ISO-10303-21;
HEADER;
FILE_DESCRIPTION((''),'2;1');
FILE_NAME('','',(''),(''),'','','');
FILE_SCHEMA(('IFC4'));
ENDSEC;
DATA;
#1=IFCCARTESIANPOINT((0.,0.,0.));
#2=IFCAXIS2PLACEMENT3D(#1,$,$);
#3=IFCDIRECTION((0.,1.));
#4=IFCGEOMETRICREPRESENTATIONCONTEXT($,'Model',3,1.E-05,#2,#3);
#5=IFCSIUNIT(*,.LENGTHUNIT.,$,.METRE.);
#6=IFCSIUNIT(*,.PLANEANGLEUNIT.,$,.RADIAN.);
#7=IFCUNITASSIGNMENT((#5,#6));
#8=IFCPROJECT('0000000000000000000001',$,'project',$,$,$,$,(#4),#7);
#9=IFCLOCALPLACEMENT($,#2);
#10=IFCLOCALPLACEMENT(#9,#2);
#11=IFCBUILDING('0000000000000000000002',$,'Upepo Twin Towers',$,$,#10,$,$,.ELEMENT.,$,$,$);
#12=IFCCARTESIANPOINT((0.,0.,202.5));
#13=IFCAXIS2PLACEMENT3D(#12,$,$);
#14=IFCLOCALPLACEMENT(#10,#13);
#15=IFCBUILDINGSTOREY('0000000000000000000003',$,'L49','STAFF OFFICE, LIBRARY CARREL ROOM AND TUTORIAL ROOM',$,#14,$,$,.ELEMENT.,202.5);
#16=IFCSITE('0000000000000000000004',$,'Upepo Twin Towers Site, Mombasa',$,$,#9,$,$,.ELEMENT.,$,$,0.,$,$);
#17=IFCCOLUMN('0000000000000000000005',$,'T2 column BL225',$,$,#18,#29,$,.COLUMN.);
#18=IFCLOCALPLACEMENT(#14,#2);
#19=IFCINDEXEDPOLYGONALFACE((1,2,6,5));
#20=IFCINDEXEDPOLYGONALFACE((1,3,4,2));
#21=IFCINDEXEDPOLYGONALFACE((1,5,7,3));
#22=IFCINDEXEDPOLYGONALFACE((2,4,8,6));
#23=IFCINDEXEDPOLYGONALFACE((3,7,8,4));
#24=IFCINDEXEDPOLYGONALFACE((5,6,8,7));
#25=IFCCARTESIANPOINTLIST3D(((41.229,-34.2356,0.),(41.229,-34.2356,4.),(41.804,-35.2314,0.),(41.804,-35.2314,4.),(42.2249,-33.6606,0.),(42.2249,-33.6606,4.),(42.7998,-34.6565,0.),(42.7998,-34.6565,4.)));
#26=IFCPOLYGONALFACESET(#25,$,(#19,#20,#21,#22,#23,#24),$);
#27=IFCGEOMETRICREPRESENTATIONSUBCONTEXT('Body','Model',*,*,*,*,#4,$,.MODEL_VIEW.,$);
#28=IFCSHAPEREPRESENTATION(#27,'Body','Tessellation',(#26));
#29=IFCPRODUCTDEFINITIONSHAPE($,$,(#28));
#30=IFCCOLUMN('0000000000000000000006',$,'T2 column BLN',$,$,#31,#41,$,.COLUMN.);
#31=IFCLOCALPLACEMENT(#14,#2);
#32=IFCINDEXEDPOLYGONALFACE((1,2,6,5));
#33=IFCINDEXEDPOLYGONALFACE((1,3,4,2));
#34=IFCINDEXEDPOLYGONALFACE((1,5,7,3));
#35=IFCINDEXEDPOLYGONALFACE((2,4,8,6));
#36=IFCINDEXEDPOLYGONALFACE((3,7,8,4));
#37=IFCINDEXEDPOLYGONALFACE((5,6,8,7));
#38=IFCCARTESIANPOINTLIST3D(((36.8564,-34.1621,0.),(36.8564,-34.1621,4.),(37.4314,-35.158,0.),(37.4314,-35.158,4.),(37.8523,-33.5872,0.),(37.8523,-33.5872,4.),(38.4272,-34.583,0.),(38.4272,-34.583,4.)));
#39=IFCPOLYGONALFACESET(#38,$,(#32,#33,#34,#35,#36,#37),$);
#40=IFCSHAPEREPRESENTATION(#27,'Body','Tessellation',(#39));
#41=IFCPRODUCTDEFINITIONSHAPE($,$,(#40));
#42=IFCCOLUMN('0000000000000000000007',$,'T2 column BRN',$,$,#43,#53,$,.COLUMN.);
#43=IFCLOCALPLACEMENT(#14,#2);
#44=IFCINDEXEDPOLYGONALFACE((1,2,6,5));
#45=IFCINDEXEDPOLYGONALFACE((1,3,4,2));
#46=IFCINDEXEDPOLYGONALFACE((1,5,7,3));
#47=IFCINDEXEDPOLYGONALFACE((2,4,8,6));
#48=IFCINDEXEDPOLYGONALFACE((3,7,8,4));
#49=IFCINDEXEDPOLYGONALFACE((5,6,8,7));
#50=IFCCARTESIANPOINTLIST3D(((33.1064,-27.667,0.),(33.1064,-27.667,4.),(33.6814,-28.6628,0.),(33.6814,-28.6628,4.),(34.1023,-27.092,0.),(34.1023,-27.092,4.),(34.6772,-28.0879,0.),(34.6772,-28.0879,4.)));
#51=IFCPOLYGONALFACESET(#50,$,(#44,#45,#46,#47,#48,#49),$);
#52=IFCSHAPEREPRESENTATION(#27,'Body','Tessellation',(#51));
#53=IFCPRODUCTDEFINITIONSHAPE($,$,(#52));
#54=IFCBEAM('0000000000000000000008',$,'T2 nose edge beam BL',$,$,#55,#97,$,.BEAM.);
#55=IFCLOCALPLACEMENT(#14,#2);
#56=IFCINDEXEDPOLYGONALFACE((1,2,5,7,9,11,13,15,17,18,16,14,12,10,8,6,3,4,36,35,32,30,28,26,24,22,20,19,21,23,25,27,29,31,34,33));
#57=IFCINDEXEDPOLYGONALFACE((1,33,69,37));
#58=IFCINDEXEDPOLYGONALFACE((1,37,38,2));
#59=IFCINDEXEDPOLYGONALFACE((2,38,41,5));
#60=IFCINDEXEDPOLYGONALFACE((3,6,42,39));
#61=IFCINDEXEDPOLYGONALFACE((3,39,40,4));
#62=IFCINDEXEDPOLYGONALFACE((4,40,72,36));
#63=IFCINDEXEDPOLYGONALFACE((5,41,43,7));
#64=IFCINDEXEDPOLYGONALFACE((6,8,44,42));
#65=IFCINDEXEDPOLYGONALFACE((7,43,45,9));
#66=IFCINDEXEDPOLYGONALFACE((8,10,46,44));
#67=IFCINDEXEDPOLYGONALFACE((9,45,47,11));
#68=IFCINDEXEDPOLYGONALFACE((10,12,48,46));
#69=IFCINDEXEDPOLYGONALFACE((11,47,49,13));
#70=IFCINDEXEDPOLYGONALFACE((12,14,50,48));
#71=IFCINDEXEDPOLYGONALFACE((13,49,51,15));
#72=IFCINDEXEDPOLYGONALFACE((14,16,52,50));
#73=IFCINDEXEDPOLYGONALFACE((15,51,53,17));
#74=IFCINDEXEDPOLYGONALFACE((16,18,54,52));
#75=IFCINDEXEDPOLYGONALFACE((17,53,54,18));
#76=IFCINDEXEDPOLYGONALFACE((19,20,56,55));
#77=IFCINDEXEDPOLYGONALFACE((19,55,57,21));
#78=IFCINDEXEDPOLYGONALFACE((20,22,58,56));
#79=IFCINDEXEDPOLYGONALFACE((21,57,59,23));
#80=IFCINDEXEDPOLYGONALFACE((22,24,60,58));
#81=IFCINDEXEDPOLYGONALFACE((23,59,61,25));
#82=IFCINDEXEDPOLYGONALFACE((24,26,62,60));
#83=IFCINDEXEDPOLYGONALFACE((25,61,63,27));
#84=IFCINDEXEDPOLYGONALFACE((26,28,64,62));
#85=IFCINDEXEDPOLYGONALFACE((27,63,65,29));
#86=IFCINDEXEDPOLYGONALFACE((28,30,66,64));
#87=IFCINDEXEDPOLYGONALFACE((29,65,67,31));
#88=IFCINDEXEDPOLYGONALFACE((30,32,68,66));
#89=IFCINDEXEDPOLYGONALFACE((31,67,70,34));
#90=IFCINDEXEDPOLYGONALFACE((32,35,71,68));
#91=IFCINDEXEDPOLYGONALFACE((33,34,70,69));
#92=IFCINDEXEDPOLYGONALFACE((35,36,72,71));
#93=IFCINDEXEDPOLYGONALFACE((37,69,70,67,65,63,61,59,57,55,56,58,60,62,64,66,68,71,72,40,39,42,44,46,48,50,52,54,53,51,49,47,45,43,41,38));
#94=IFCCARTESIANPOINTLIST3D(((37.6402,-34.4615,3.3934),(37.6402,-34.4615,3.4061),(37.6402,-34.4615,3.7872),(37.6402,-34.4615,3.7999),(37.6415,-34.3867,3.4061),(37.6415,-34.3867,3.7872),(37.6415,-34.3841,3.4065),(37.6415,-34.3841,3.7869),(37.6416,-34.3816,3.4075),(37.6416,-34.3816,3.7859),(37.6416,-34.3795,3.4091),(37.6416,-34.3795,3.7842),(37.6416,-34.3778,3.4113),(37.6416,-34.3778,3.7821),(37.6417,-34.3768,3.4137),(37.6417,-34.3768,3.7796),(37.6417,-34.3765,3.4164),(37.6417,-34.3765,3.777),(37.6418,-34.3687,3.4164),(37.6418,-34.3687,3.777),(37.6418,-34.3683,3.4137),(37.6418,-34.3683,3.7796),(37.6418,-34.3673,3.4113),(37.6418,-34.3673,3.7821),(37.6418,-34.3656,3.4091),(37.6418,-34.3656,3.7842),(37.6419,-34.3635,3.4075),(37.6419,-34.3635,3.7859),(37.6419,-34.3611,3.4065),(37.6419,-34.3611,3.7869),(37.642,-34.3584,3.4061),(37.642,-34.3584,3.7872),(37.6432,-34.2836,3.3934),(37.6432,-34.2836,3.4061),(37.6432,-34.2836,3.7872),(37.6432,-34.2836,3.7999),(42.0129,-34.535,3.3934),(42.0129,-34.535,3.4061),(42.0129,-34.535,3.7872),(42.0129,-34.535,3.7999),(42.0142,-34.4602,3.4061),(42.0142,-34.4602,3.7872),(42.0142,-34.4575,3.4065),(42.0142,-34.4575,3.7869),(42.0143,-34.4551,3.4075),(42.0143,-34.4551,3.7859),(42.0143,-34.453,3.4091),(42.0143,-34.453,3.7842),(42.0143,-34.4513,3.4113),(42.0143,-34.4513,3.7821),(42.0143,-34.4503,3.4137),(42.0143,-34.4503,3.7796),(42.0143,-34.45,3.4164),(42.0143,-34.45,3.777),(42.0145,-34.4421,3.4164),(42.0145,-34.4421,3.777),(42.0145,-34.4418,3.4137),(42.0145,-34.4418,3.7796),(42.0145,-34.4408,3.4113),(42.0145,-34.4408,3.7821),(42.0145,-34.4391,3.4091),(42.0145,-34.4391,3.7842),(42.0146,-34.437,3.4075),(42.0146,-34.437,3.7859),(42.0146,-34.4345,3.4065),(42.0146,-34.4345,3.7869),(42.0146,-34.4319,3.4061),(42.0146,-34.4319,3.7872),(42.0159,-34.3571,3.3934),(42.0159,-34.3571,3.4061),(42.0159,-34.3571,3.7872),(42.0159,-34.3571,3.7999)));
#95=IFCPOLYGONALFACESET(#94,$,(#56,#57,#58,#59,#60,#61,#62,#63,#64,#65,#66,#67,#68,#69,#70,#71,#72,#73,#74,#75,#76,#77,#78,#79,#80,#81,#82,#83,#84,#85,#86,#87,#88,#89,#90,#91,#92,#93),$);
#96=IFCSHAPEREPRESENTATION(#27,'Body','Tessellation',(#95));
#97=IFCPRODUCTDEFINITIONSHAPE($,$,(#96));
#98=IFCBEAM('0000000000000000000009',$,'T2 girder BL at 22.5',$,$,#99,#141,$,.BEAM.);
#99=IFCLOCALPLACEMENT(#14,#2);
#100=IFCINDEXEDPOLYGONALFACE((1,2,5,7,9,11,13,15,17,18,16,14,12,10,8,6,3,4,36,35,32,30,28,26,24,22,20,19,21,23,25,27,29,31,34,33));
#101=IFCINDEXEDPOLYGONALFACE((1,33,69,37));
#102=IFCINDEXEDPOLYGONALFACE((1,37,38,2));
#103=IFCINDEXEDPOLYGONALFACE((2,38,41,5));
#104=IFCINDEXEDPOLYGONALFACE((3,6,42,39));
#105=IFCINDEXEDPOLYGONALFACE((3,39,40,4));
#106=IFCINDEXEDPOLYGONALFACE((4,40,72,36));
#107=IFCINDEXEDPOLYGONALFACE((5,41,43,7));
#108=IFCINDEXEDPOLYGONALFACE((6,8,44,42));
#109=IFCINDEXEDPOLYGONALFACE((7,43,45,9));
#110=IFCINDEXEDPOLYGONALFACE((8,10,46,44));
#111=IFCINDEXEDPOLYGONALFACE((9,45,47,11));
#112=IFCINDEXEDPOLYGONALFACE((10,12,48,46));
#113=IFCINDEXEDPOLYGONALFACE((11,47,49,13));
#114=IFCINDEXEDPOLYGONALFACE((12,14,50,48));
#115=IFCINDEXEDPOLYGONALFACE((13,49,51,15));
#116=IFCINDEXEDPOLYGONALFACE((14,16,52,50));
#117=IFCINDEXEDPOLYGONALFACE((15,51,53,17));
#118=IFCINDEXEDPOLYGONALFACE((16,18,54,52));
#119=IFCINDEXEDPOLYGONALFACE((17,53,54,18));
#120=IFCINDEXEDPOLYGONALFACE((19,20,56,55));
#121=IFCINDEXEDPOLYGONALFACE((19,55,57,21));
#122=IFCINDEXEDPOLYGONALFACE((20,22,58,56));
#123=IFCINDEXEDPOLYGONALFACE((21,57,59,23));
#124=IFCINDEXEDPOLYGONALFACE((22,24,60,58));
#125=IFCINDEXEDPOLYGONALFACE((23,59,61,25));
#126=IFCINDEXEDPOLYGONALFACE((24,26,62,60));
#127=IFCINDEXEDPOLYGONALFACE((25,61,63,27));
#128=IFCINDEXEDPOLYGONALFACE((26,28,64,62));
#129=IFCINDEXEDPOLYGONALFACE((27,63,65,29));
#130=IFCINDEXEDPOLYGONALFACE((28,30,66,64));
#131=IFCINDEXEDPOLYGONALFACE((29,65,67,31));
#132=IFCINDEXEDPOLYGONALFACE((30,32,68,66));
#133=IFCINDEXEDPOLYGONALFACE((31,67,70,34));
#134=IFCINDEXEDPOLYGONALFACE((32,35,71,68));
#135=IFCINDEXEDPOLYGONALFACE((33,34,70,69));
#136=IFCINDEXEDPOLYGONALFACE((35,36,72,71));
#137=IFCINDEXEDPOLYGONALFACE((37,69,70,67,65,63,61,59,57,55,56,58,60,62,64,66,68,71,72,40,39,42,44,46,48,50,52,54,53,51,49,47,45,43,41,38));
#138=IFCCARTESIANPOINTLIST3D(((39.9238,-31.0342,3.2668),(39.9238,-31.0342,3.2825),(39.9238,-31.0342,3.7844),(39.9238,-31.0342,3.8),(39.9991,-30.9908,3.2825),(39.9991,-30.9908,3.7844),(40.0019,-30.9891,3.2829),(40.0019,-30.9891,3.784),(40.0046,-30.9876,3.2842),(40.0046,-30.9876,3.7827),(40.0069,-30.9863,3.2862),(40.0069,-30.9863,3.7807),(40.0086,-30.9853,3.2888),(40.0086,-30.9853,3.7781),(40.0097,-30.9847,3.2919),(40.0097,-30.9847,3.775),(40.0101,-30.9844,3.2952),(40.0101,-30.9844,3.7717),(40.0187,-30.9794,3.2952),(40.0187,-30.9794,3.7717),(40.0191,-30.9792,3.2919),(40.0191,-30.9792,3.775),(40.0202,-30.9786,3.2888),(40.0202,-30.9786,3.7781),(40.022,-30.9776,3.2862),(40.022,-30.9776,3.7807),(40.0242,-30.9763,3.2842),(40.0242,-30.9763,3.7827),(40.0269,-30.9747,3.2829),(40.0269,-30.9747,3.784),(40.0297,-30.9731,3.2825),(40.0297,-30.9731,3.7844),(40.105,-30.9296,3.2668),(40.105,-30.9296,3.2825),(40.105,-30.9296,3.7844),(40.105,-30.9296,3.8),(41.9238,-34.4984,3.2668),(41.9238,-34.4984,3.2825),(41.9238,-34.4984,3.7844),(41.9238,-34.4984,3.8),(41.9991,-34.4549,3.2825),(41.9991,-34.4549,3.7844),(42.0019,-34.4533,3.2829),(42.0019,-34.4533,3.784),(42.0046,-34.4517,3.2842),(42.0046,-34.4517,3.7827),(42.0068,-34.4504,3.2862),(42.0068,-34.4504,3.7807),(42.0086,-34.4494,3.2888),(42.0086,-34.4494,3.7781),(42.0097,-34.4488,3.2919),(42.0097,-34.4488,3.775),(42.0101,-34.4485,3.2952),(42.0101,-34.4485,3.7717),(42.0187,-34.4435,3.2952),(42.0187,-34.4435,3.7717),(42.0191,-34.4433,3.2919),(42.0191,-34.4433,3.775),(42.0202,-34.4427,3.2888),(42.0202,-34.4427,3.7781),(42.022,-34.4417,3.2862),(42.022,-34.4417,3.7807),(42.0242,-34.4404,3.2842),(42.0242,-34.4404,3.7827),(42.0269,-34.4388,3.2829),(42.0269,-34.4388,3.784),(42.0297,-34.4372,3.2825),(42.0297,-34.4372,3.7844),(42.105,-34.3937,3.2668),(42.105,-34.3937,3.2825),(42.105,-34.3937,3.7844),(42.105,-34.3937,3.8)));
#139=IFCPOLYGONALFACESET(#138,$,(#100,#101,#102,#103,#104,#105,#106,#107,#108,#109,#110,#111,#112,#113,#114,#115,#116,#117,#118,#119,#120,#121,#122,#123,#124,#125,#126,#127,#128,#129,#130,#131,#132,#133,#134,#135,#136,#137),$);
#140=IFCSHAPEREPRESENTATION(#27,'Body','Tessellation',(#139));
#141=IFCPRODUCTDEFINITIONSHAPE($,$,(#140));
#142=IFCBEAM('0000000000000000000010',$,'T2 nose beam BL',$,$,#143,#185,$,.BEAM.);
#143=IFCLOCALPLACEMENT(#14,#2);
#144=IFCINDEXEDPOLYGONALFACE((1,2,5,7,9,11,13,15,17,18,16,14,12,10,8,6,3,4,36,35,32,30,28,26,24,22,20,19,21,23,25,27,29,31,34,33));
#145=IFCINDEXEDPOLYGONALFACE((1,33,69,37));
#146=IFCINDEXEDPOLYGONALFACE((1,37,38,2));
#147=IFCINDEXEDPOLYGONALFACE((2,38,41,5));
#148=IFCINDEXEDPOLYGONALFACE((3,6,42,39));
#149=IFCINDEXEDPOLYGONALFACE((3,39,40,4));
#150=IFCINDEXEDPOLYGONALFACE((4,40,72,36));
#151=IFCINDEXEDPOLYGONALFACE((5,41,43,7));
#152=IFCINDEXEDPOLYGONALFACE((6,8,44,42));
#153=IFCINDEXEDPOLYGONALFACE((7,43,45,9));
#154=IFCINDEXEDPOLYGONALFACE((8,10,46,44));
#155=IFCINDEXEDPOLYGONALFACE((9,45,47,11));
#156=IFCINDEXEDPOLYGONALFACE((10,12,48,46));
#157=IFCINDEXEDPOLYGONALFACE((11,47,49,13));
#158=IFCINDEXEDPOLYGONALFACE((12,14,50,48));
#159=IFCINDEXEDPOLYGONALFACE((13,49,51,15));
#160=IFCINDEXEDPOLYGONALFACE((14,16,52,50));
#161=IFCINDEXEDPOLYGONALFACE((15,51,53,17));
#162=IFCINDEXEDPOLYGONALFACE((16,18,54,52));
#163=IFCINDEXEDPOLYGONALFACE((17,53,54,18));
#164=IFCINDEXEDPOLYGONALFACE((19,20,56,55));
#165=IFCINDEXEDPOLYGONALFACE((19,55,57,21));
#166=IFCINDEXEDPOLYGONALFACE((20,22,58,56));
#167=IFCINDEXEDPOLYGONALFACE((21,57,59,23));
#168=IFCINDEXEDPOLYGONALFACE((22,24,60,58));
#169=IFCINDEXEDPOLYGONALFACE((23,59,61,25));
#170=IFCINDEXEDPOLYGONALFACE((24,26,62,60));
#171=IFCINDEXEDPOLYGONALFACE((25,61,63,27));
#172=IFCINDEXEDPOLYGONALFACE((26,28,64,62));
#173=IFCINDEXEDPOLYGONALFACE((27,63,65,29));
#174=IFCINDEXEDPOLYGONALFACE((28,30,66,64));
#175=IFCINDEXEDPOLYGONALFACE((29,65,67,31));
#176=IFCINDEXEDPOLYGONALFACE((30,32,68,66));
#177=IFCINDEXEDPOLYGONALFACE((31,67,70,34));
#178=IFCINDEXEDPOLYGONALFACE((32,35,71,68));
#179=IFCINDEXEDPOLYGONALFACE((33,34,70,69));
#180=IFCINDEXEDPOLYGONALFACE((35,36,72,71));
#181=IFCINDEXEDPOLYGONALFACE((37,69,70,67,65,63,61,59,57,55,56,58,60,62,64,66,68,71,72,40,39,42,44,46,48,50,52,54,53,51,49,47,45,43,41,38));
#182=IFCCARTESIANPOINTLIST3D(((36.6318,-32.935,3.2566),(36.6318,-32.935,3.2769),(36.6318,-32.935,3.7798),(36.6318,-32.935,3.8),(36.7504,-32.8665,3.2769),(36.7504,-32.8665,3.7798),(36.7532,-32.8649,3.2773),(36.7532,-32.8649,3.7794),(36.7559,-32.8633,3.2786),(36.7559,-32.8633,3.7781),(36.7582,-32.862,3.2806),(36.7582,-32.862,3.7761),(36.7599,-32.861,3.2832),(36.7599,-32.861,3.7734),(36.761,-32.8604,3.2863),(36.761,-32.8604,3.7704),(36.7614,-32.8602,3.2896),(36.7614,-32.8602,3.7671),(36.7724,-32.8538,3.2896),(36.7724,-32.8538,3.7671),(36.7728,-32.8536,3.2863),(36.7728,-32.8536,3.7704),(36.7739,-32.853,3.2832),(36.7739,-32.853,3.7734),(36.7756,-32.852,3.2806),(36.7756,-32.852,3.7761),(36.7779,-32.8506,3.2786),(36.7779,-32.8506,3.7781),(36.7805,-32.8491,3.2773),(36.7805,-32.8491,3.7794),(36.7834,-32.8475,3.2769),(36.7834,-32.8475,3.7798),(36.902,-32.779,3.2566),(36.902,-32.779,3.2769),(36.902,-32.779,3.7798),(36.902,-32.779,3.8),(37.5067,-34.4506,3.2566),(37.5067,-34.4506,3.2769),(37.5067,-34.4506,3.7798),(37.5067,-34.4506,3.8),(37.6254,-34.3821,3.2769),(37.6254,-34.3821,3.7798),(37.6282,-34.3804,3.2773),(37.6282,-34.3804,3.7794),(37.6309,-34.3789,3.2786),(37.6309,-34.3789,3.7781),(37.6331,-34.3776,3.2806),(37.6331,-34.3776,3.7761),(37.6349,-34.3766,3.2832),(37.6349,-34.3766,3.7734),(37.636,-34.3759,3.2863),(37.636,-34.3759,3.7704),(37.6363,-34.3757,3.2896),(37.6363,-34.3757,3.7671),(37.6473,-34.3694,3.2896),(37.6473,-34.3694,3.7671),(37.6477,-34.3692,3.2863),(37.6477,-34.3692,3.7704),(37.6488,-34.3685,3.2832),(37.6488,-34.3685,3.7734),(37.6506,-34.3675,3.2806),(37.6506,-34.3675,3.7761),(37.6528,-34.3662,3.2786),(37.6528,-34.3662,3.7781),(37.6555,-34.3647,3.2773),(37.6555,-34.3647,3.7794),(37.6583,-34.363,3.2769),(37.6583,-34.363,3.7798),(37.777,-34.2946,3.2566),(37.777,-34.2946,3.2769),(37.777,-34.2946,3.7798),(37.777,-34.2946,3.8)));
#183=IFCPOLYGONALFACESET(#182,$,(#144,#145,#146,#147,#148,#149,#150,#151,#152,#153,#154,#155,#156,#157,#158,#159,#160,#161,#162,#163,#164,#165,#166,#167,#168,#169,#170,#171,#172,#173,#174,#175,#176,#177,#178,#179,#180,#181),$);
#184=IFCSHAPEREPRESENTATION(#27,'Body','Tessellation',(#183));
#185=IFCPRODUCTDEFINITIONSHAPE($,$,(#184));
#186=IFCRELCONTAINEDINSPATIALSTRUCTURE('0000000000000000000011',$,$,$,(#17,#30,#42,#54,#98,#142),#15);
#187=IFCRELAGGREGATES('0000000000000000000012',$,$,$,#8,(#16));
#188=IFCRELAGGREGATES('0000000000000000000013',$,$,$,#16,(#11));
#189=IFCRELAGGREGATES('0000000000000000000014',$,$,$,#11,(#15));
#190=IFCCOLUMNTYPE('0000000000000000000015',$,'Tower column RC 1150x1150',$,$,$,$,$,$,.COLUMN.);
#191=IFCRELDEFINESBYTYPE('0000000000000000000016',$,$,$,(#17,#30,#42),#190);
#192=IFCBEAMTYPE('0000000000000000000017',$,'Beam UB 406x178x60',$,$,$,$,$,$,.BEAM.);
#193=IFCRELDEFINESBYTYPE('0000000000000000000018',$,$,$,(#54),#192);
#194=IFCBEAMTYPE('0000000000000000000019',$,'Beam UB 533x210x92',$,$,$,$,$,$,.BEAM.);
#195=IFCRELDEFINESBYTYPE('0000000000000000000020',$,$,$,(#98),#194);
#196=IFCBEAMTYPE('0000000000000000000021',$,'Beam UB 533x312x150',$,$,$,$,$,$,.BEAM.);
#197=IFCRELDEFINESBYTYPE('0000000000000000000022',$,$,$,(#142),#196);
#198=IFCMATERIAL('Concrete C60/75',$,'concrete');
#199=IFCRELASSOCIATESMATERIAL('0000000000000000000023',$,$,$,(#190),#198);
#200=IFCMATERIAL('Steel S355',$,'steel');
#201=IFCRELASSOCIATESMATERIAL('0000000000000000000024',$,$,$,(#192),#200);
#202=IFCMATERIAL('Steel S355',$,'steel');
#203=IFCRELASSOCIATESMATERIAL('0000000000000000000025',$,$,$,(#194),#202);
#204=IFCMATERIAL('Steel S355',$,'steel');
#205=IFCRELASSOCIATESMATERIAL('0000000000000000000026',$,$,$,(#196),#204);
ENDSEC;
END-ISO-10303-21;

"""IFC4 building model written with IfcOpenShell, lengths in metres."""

from ifc_helpers import new_model, si_unit, direction, frame, origin, origin_2d, place, context, subcontext, project, spatial, rectangle, i_section, extrude, material, material_profile, profile_set, type_object, element, save


model = new_model("IFC4")

# Units and contexts
model_context = context("Model", 3, precision=1e-05, world=origin(), true_north=direction((0.0, 1.0)))
body_context = subcontext(model_context, "Body", "Model", "MODEL_VIEW")
ifc_project = project(units=[si_unit("LENGTHUNIT", "METRE"), si_unit("PLANEANGLEUNIT", "RADIAN")], contexts=[model_context])

# Site, building, storey
site_placement = place(None, origin())
site = spatial("IfcSite", under=ifc_project, at=site_placement, Name="Upepo Twin Towers Site, Mombasa", CompositionType="ELEMENT", RefElevation=0.0)
building_placement = place(site_placement, origin())
building = spatial("IfcBuilding", under=site, at=building_placement, Name="Upepo Twin Towers", CompositionType="ELEMENT")
storey_placement = place(building_placement, frame((0.0, 0.0, 202.5)))
storey = spatial("IfcBuildingStorey", under=building, at=storey_placement, Name="L49", Description="STAFF OFFICE, LIBRARY CARREL ROOM AND TUTORIAL ROOM", CompositionType="ELEMENT", Elevation=202.5)

# Columns
ifc_material_1 = material(Name="Concrete C60/75", Category="concrete")
ifc_material_profile_1 = material_profile(ifc_material_1, rectangle(XDim=1.1499, YDim=1.1499, at=origin_2d()), Name="RC 1150x1150")
ifc_profile_set_1 = profile_set([ifc_material_profile_1], Name="Concrete C60/75")
column_type = type_object("IfcColumnType", Name="Tower column RC 1150x1150", PredefinedType="COLUMN", material=ifc_profile_set_1)
for number, where, z_axis, x_axis, name in (
    (1, (42.0144, -34.446, 0.0), (0.0, 0.0, 1.0), (0.866025, 0.5, 0.0), "T2 column BL225"),
    (2, (37.6418, -34.3726, 0.0), (0.0, 0.0, 1.0), (0.866025, 0.5, 0.0), "T2 column BLN"),
    (3, (33.8918, -27.8774, 0.0), (0.0, 0.0, 1.0), (0.866025, 0.5, 0.0), "T2 column BRN"),
):
    element("IfcColumn", number, at=place(storey_placement, frame(where, z_axis=z_axis, x_axis=x_axis)), inside=storey, type_object=column_type, Name=name, PredefinedType="COLUMN", context=body_context, shape_type="SweptSolid", body=[
        extrude(rectangle(XDim=1.1499, YDim=1.1499, at=origin_2d()), origin(), (0.0, 0.0, 1.0), 4.0),
    ])

# Beams
ifc_material_2 = material(Name="Steel S355", Category="steel")
ifc_material_profile_2 = material_profile(ifc_material_2, i_section(OverallWidth=0.178, OverallDepth=0.4065, WebThickness=0.0078, FlangeThickness=0.0127, FilletRadius=0.0103, at=origin_2d()), Name="UB 406x178x60")
ifc_profile_set_2 = profile_set([ifc_material_profile_2], Name="Steel S355")
beam_type_1 = type_object("IfcBeamType", Name="Beam UB 406x178x60", PredefinedType="BEAM", material=ifc_profile_set_2)
beam_1_placement = place(storey_placement, frame((42.0144, -34.446, 3.5967), z_axis=(-0.999859, 0.016804, 0.0), x_axis=(-0.016804, -0.999859, 0.0)))
element("IfcBeam", 4, at=beam_1_placement, inside=storey, type_object=beam_type_1, Name="T2 nose edge beam BL", PredefinedType="BEAM", context=body_context, shape_type="SweptSolid", body=[
    extrude(i_section(OverallWidth=0.178, OverallDepth=0.4065, WebThickness=0.0078, FlangeThickness=0.0127, FilletRadius=0.0103, at=origin_2d()), origin(), (0.0, 0.0, 1.0), 4.3733),
])
ifc_material_3 = material(Name="Steel S355", Category="steel")
ifc_material_profile_3 = material_profile(ifc_material_3, i_section(OverallWidth=0.2092, OverallDepth=0.5332, WebThickness=0.01, FlangeThickness=0.0156, FilletRadius=0.0127, at=origin_2d()), Name="UB 533x210x92")
ifc_profile_set_3 = profile_set([ifc_material_profile_3], Name="Steel S355")
beam_type_2 = type_object("IfcBeamType", Name="Beam UB 533x210x92", PredefinedType="BEAM", material=ifc_profile_set_3)
beam_2_placement = place(storey_placement, frame((42.0144, -34.446, 3.5334), z_axis=(-0.499999, 0.866026, 0.0), x_axis=(-0.866026, -0.499999, 0.0)))
element("IfcBeam", 5, at=beam_2_placement, inside=storey, type_object=beam_type_2, Name="T2 girder BL at 22.5", PredefinedType="BEAM", context=body_context, shape_type="SweptSolid", body=[
    extrude(i_section(OverallWidth=0.2092, OverallDepth=0.5332, WebThickness=0.01, FlangeThickness=0.0156, FilletRadius=0.0127, at=origin_2d()), origin(), (0.0, 0.0, 1.0), 4.0),
])
ifc_material_4 = material(Name="Steel S355", Category="steel")
ifc_material_profile_4 = material_profile(ifc_material_4, i_section(OverallWidth=0.312, OverallDepth=0.5435, WebThickness=0.0127, FlangeThickness=0.0203, FilletRadius=0.0127, at=origin_2d()), Name="UB 533x312x150")
ifc_profile_set_4 = profile_set([ifc_material_profile_4], Name="Steel S355")
beam_type_3 = type_object("IfcBeamType", Name="Beam UB 533x312x150", PredefinedType="BEAM", material=ifc_profile_set_4)
for number, where, z_axis, x_axis, name in (
    (6, (37.6418, -34.3726, 3.5283), (-0.49998, 0.866037, 0.0), (-0.866037, -0.49998, 0.0), "T2 nose beam BL"),
):
    element("IfcBeam", number, at=place(storey_placement, frame(where, z_axis=z_axis, x_axis=x_axis)), inside=storey, type_object=beam_type_3, Name=name, PredefinedType="BEAM", context=body_context, shape_type="SweptSolid", body=[
        extrude(i_section(OverallWidth=0.312, OverallDepth=0.5435, WebThickness=0.0127, FlangeThickness=0.0203, FilletRadius=0.0127, at=origin_2d()), origin(), (0.0, 0.0, 1.0), 1.75),
    ])

save(model, "model.ifc")
